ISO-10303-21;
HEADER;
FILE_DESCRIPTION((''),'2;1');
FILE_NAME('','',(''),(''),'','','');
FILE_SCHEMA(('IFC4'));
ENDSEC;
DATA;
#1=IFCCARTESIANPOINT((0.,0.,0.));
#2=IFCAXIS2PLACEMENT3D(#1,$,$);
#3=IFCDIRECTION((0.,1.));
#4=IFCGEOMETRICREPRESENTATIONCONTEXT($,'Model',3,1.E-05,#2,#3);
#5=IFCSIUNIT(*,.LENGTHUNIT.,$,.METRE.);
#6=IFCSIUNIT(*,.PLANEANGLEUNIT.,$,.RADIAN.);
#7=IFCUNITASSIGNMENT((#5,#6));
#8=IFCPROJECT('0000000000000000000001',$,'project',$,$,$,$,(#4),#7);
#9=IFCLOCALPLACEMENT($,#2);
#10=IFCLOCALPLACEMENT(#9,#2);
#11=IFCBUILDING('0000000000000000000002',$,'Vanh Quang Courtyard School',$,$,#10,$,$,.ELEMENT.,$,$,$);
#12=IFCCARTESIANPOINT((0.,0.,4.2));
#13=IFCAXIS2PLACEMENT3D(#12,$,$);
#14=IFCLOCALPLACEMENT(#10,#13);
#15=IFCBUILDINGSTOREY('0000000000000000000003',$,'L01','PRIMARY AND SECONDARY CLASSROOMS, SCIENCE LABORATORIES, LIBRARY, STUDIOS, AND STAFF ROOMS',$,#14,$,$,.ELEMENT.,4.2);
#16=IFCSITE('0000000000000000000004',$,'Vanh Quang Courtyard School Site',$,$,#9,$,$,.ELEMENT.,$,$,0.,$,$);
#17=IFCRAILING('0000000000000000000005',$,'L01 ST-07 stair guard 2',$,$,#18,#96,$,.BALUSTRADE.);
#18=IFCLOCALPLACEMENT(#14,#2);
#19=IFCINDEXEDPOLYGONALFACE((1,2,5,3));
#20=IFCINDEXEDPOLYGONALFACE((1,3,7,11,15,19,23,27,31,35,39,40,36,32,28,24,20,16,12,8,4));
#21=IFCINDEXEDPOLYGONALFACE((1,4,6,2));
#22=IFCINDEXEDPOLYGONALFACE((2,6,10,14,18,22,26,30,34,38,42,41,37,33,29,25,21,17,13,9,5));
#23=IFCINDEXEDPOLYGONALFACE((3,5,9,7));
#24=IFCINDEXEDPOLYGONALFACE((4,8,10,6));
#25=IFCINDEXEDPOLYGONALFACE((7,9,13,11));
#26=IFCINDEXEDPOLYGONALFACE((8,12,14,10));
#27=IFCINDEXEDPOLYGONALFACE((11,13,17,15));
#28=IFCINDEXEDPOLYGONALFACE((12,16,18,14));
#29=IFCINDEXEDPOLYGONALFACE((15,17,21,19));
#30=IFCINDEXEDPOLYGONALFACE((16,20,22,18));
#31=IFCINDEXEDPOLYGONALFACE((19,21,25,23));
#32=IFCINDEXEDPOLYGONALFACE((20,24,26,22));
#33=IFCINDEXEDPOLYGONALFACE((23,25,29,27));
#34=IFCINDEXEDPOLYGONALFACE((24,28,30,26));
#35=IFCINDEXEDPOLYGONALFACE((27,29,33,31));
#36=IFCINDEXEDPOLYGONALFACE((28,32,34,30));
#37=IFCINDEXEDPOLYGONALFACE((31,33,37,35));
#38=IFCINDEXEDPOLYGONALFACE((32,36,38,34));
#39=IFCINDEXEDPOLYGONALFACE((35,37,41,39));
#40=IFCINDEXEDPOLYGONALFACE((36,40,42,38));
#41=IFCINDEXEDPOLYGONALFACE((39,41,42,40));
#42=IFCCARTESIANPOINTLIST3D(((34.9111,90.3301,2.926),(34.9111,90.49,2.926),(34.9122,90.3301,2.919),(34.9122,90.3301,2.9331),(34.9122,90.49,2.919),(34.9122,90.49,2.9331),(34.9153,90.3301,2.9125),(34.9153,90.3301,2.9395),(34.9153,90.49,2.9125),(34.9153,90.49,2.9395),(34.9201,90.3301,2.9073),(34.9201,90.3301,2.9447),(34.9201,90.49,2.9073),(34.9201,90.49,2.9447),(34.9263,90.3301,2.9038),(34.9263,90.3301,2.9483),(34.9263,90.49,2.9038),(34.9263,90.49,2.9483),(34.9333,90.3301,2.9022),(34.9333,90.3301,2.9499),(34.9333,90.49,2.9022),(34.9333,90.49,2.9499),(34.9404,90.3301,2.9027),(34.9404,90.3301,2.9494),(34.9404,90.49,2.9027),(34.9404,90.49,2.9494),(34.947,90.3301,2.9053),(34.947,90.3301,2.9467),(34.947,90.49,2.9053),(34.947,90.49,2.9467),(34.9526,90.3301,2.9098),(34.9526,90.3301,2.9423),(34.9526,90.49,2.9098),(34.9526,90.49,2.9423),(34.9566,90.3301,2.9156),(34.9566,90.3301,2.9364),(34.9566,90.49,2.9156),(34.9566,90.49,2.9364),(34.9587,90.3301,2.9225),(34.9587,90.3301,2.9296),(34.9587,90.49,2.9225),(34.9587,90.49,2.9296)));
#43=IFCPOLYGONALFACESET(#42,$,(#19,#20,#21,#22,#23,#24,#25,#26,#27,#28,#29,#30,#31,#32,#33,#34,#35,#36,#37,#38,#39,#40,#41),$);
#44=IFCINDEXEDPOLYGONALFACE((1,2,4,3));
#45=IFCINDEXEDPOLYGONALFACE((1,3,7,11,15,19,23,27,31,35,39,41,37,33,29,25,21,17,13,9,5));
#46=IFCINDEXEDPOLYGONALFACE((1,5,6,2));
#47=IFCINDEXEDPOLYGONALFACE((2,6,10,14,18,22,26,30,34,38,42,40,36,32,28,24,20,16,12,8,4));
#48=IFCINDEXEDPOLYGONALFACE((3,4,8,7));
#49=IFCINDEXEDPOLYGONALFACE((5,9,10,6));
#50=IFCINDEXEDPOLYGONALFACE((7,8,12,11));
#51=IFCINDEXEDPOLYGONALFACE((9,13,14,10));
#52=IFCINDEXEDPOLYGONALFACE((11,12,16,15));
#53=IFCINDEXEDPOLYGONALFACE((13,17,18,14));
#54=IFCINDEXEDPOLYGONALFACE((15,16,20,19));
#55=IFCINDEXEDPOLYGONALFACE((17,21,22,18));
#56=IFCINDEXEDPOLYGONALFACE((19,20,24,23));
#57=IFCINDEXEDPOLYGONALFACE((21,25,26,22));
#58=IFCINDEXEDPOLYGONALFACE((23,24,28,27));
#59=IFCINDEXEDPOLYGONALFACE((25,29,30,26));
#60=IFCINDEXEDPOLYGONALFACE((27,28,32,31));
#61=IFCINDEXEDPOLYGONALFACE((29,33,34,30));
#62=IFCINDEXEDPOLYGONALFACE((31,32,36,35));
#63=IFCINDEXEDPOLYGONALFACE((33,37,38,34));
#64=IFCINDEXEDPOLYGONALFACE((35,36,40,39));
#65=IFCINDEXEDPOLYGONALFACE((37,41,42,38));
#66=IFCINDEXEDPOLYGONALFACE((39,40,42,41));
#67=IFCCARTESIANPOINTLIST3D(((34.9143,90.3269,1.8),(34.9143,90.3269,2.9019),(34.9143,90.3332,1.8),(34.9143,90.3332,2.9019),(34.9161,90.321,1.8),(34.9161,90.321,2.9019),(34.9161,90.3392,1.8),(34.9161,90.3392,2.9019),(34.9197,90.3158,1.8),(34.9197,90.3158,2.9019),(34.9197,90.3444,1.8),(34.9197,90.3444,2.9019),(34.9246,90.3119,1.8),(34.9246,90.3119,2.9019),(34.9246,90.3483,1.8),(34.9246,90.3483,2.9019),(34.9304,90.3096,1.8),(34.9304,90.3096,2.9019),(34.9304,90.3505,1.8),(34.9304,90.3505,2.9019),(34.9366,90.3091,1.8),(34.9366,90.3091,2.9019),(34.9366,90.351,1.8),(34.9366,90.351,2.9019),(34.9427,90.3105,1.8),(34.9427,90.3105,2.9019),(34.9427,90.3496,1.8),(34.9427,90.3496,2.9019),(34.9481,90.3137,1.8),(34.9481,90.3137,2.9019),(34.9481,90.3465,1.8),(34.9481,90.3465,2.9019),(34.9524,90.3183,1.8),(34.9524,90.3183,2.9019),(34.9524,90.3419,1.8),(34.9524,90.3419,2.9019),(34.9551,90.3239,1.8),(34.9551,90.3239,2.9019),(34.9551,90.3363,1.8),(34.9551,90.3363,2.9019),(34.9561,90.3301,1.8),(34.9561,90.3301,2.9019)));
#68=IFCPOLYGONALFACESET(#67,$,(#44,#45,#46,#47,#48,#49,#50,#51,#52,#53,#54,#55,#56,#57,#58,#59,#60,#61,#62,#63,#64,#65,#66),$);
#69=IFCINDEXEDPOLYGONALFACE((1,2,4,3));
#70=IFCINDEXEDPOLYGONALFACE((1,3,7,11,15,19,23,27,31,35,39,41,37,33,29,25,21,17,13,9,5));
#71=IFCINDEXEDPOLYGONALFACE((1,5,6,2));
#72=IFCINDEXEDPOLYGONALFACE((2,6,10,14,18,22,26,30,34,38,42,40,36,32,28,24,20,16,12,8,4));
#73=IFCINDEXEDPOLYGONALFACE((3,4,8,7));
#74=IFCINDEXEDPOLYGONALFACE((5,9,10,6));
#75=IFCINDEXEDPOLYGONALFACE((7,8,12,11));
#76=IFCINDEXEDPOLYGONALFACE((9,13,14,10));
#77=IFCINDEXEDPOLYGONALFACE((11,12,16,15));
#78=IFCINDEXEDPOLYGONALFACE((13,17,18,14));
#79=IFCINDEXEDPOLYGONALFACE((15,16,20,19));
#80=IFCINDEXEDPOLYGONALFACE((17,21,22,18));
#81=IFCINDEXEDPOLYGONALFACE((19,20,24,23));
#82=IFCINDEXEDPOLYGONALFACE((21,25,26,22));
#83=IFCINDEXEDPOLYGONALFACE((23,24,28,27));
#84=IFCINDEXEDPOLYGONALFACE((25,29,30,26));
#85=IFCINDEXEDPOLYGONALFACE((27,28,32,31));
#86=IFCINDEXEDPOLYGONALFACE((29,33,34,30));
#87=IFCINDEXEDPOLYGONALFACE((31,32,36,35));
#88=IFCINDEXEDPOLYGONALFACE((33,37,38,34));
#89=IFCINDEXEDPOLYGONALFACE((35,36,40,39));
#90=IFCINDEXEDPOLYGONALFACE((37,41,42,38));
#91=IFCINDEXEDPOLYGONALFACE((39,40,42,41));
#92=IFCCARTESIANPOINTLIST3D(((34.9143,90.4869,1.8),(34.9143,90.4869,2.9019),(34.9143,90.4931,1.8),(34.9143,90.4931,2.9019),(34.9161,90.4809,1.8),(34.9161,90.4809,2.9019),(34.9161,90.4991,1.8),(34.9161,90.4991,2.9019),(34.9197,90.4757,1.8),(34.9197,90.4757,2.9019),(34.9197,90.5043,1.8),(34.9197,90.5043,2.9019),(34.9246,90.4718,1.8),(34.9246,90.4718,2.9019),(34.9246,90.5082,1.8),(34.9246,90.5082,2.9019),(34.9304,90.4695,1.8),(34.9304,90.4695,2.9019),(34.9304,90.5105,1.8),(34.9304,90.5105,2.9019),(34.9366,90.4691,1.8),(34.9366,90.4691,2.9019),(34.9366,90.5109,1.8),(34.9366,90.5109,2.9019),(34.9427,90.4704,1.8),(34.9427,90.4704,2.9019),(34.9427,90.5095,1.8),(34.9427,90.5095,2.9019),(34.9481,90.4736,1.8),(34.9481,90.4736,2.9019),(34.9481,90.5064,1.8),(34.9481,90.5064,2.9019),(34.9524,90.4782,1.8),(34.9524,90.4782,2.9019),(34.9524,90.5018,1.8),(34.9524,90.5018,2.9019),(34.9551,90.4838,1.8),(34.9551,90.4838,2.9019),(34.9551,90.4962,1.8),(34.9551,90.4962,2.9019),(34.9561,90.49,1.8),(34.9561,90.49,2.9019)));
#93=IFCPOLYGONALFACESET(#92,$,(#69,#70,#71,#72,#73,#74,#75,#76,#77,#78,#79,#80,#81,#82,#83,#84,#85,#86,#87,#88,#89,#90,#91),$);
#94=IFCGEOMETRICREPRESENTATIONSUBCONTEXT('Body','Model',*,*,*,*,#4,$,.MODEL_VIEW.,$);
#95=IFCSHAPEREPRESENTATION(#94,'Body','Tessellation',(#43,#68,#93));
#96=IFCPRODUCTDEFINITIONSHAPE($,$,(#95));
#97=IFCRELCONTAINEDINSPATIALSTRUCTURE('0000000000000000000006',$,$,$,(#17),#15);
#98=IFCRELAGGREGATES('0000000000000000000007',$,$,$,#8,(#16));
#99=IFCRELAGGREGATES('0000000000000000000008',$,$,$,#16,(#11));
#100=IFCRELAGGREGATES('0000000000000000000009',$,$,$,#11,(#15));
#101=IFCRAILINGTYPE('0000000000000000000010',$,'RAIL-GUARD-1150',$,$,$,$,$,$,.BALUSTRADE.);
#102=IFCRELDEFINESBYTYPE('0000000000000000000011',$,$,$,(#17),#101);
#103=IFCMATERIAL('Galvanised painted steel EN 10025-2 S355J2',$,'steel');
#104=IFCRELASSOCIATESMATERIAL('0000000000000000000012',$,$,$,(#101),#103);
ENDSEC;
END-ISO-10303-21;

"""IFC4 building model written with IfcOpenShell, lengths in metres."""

from ifc_helpers import new_model, si_unit, direction, frame, origin, origin_2d, place, context, subcontext, project, spatial, circle, extrude, material, type_object, element, save


model = new_model("IFC4")

# Units and contexts
model_context = context("Model", 3, precision=1e-05, world=origin(), true_north=direction((0.0, 1.0)))
body_context = subcontext(model_context, "Body", "Model", "MODEL_VIEW")
ifc_project = project(units=[si_unit("LENGTHUNIT", "METRE"), si_unit("PLANEANGLEUNIT", "RADIAN")], contexts=[model_context])

# Site, building, storey
site_placement = place(None, origin())
site = spatial("IfcSite", under=ifc_project, at=site_placement, Name="Vanh Quang Courtyard School Site", CompositionType="ELEMENT", RefElevation=0.0)
building_placement = place(site_placement, origin())
building = spatial("IfcBuilding", under=site, at=building_placement, Name="Vanh Quang Courtyard School", CompositionType="ELEMENT")
storey_placement = place(building_placement, frame((0.0, 0.0, 4.2)))
storey = spatial("IfcBuildingStorey", under=building, at=storey_placement, Name="L01", Description="PRIMARY AND SECONDARY CLASSROOMS, SCIENCE LABORATORIES, LIBRARY, STUDIOS, AND STAFF ROOMS", CompositionType="ELEMENT", Elevation=4.2)

# Railing
ifc_material_1 = material(Name="Galvanised painted steel EN 10025-2 S355J2", Category="steel")
railing_type_1 = type_object("IfcRailingType", Name="RAIL-GUARD-1150", PredefinedType="BALUSTRADE", material=ifc_material_1)
railing_1_placement = place(storey_placement, frame((34.9351, 90.3301, 1.8)))
element("IfcRailing", 1, at=railing_1_placement, inside=storey, type_object=railing_type_1, Name="L01 ST-07 stair guard 2", PredefinedType="BALUSTRADE", context=body_context, shape_type="SweptSolid", body=[
    extrude(circle(Radius=0.0239, at=origin_2d()), frame((0.0, 0.0, 1.126), z_axis=(0.0, 1.0, 0.0), x_axis=(-1.0, 0.0, 0.0)), (0.0, 0.0, 1.0), 0.1599),
    extrude(circle(Radius=0.021, at=origin_2d()), origin(), (0.0, 0.0, 1.0), 1.1018),
    extrude(circle(Radius=0.021, at=origin_2d()), frame((0.0, 0.1599, 0.0)), (0.0, 0.0, 1.0), 1.1018),
])

save(model, "model.ifc")
